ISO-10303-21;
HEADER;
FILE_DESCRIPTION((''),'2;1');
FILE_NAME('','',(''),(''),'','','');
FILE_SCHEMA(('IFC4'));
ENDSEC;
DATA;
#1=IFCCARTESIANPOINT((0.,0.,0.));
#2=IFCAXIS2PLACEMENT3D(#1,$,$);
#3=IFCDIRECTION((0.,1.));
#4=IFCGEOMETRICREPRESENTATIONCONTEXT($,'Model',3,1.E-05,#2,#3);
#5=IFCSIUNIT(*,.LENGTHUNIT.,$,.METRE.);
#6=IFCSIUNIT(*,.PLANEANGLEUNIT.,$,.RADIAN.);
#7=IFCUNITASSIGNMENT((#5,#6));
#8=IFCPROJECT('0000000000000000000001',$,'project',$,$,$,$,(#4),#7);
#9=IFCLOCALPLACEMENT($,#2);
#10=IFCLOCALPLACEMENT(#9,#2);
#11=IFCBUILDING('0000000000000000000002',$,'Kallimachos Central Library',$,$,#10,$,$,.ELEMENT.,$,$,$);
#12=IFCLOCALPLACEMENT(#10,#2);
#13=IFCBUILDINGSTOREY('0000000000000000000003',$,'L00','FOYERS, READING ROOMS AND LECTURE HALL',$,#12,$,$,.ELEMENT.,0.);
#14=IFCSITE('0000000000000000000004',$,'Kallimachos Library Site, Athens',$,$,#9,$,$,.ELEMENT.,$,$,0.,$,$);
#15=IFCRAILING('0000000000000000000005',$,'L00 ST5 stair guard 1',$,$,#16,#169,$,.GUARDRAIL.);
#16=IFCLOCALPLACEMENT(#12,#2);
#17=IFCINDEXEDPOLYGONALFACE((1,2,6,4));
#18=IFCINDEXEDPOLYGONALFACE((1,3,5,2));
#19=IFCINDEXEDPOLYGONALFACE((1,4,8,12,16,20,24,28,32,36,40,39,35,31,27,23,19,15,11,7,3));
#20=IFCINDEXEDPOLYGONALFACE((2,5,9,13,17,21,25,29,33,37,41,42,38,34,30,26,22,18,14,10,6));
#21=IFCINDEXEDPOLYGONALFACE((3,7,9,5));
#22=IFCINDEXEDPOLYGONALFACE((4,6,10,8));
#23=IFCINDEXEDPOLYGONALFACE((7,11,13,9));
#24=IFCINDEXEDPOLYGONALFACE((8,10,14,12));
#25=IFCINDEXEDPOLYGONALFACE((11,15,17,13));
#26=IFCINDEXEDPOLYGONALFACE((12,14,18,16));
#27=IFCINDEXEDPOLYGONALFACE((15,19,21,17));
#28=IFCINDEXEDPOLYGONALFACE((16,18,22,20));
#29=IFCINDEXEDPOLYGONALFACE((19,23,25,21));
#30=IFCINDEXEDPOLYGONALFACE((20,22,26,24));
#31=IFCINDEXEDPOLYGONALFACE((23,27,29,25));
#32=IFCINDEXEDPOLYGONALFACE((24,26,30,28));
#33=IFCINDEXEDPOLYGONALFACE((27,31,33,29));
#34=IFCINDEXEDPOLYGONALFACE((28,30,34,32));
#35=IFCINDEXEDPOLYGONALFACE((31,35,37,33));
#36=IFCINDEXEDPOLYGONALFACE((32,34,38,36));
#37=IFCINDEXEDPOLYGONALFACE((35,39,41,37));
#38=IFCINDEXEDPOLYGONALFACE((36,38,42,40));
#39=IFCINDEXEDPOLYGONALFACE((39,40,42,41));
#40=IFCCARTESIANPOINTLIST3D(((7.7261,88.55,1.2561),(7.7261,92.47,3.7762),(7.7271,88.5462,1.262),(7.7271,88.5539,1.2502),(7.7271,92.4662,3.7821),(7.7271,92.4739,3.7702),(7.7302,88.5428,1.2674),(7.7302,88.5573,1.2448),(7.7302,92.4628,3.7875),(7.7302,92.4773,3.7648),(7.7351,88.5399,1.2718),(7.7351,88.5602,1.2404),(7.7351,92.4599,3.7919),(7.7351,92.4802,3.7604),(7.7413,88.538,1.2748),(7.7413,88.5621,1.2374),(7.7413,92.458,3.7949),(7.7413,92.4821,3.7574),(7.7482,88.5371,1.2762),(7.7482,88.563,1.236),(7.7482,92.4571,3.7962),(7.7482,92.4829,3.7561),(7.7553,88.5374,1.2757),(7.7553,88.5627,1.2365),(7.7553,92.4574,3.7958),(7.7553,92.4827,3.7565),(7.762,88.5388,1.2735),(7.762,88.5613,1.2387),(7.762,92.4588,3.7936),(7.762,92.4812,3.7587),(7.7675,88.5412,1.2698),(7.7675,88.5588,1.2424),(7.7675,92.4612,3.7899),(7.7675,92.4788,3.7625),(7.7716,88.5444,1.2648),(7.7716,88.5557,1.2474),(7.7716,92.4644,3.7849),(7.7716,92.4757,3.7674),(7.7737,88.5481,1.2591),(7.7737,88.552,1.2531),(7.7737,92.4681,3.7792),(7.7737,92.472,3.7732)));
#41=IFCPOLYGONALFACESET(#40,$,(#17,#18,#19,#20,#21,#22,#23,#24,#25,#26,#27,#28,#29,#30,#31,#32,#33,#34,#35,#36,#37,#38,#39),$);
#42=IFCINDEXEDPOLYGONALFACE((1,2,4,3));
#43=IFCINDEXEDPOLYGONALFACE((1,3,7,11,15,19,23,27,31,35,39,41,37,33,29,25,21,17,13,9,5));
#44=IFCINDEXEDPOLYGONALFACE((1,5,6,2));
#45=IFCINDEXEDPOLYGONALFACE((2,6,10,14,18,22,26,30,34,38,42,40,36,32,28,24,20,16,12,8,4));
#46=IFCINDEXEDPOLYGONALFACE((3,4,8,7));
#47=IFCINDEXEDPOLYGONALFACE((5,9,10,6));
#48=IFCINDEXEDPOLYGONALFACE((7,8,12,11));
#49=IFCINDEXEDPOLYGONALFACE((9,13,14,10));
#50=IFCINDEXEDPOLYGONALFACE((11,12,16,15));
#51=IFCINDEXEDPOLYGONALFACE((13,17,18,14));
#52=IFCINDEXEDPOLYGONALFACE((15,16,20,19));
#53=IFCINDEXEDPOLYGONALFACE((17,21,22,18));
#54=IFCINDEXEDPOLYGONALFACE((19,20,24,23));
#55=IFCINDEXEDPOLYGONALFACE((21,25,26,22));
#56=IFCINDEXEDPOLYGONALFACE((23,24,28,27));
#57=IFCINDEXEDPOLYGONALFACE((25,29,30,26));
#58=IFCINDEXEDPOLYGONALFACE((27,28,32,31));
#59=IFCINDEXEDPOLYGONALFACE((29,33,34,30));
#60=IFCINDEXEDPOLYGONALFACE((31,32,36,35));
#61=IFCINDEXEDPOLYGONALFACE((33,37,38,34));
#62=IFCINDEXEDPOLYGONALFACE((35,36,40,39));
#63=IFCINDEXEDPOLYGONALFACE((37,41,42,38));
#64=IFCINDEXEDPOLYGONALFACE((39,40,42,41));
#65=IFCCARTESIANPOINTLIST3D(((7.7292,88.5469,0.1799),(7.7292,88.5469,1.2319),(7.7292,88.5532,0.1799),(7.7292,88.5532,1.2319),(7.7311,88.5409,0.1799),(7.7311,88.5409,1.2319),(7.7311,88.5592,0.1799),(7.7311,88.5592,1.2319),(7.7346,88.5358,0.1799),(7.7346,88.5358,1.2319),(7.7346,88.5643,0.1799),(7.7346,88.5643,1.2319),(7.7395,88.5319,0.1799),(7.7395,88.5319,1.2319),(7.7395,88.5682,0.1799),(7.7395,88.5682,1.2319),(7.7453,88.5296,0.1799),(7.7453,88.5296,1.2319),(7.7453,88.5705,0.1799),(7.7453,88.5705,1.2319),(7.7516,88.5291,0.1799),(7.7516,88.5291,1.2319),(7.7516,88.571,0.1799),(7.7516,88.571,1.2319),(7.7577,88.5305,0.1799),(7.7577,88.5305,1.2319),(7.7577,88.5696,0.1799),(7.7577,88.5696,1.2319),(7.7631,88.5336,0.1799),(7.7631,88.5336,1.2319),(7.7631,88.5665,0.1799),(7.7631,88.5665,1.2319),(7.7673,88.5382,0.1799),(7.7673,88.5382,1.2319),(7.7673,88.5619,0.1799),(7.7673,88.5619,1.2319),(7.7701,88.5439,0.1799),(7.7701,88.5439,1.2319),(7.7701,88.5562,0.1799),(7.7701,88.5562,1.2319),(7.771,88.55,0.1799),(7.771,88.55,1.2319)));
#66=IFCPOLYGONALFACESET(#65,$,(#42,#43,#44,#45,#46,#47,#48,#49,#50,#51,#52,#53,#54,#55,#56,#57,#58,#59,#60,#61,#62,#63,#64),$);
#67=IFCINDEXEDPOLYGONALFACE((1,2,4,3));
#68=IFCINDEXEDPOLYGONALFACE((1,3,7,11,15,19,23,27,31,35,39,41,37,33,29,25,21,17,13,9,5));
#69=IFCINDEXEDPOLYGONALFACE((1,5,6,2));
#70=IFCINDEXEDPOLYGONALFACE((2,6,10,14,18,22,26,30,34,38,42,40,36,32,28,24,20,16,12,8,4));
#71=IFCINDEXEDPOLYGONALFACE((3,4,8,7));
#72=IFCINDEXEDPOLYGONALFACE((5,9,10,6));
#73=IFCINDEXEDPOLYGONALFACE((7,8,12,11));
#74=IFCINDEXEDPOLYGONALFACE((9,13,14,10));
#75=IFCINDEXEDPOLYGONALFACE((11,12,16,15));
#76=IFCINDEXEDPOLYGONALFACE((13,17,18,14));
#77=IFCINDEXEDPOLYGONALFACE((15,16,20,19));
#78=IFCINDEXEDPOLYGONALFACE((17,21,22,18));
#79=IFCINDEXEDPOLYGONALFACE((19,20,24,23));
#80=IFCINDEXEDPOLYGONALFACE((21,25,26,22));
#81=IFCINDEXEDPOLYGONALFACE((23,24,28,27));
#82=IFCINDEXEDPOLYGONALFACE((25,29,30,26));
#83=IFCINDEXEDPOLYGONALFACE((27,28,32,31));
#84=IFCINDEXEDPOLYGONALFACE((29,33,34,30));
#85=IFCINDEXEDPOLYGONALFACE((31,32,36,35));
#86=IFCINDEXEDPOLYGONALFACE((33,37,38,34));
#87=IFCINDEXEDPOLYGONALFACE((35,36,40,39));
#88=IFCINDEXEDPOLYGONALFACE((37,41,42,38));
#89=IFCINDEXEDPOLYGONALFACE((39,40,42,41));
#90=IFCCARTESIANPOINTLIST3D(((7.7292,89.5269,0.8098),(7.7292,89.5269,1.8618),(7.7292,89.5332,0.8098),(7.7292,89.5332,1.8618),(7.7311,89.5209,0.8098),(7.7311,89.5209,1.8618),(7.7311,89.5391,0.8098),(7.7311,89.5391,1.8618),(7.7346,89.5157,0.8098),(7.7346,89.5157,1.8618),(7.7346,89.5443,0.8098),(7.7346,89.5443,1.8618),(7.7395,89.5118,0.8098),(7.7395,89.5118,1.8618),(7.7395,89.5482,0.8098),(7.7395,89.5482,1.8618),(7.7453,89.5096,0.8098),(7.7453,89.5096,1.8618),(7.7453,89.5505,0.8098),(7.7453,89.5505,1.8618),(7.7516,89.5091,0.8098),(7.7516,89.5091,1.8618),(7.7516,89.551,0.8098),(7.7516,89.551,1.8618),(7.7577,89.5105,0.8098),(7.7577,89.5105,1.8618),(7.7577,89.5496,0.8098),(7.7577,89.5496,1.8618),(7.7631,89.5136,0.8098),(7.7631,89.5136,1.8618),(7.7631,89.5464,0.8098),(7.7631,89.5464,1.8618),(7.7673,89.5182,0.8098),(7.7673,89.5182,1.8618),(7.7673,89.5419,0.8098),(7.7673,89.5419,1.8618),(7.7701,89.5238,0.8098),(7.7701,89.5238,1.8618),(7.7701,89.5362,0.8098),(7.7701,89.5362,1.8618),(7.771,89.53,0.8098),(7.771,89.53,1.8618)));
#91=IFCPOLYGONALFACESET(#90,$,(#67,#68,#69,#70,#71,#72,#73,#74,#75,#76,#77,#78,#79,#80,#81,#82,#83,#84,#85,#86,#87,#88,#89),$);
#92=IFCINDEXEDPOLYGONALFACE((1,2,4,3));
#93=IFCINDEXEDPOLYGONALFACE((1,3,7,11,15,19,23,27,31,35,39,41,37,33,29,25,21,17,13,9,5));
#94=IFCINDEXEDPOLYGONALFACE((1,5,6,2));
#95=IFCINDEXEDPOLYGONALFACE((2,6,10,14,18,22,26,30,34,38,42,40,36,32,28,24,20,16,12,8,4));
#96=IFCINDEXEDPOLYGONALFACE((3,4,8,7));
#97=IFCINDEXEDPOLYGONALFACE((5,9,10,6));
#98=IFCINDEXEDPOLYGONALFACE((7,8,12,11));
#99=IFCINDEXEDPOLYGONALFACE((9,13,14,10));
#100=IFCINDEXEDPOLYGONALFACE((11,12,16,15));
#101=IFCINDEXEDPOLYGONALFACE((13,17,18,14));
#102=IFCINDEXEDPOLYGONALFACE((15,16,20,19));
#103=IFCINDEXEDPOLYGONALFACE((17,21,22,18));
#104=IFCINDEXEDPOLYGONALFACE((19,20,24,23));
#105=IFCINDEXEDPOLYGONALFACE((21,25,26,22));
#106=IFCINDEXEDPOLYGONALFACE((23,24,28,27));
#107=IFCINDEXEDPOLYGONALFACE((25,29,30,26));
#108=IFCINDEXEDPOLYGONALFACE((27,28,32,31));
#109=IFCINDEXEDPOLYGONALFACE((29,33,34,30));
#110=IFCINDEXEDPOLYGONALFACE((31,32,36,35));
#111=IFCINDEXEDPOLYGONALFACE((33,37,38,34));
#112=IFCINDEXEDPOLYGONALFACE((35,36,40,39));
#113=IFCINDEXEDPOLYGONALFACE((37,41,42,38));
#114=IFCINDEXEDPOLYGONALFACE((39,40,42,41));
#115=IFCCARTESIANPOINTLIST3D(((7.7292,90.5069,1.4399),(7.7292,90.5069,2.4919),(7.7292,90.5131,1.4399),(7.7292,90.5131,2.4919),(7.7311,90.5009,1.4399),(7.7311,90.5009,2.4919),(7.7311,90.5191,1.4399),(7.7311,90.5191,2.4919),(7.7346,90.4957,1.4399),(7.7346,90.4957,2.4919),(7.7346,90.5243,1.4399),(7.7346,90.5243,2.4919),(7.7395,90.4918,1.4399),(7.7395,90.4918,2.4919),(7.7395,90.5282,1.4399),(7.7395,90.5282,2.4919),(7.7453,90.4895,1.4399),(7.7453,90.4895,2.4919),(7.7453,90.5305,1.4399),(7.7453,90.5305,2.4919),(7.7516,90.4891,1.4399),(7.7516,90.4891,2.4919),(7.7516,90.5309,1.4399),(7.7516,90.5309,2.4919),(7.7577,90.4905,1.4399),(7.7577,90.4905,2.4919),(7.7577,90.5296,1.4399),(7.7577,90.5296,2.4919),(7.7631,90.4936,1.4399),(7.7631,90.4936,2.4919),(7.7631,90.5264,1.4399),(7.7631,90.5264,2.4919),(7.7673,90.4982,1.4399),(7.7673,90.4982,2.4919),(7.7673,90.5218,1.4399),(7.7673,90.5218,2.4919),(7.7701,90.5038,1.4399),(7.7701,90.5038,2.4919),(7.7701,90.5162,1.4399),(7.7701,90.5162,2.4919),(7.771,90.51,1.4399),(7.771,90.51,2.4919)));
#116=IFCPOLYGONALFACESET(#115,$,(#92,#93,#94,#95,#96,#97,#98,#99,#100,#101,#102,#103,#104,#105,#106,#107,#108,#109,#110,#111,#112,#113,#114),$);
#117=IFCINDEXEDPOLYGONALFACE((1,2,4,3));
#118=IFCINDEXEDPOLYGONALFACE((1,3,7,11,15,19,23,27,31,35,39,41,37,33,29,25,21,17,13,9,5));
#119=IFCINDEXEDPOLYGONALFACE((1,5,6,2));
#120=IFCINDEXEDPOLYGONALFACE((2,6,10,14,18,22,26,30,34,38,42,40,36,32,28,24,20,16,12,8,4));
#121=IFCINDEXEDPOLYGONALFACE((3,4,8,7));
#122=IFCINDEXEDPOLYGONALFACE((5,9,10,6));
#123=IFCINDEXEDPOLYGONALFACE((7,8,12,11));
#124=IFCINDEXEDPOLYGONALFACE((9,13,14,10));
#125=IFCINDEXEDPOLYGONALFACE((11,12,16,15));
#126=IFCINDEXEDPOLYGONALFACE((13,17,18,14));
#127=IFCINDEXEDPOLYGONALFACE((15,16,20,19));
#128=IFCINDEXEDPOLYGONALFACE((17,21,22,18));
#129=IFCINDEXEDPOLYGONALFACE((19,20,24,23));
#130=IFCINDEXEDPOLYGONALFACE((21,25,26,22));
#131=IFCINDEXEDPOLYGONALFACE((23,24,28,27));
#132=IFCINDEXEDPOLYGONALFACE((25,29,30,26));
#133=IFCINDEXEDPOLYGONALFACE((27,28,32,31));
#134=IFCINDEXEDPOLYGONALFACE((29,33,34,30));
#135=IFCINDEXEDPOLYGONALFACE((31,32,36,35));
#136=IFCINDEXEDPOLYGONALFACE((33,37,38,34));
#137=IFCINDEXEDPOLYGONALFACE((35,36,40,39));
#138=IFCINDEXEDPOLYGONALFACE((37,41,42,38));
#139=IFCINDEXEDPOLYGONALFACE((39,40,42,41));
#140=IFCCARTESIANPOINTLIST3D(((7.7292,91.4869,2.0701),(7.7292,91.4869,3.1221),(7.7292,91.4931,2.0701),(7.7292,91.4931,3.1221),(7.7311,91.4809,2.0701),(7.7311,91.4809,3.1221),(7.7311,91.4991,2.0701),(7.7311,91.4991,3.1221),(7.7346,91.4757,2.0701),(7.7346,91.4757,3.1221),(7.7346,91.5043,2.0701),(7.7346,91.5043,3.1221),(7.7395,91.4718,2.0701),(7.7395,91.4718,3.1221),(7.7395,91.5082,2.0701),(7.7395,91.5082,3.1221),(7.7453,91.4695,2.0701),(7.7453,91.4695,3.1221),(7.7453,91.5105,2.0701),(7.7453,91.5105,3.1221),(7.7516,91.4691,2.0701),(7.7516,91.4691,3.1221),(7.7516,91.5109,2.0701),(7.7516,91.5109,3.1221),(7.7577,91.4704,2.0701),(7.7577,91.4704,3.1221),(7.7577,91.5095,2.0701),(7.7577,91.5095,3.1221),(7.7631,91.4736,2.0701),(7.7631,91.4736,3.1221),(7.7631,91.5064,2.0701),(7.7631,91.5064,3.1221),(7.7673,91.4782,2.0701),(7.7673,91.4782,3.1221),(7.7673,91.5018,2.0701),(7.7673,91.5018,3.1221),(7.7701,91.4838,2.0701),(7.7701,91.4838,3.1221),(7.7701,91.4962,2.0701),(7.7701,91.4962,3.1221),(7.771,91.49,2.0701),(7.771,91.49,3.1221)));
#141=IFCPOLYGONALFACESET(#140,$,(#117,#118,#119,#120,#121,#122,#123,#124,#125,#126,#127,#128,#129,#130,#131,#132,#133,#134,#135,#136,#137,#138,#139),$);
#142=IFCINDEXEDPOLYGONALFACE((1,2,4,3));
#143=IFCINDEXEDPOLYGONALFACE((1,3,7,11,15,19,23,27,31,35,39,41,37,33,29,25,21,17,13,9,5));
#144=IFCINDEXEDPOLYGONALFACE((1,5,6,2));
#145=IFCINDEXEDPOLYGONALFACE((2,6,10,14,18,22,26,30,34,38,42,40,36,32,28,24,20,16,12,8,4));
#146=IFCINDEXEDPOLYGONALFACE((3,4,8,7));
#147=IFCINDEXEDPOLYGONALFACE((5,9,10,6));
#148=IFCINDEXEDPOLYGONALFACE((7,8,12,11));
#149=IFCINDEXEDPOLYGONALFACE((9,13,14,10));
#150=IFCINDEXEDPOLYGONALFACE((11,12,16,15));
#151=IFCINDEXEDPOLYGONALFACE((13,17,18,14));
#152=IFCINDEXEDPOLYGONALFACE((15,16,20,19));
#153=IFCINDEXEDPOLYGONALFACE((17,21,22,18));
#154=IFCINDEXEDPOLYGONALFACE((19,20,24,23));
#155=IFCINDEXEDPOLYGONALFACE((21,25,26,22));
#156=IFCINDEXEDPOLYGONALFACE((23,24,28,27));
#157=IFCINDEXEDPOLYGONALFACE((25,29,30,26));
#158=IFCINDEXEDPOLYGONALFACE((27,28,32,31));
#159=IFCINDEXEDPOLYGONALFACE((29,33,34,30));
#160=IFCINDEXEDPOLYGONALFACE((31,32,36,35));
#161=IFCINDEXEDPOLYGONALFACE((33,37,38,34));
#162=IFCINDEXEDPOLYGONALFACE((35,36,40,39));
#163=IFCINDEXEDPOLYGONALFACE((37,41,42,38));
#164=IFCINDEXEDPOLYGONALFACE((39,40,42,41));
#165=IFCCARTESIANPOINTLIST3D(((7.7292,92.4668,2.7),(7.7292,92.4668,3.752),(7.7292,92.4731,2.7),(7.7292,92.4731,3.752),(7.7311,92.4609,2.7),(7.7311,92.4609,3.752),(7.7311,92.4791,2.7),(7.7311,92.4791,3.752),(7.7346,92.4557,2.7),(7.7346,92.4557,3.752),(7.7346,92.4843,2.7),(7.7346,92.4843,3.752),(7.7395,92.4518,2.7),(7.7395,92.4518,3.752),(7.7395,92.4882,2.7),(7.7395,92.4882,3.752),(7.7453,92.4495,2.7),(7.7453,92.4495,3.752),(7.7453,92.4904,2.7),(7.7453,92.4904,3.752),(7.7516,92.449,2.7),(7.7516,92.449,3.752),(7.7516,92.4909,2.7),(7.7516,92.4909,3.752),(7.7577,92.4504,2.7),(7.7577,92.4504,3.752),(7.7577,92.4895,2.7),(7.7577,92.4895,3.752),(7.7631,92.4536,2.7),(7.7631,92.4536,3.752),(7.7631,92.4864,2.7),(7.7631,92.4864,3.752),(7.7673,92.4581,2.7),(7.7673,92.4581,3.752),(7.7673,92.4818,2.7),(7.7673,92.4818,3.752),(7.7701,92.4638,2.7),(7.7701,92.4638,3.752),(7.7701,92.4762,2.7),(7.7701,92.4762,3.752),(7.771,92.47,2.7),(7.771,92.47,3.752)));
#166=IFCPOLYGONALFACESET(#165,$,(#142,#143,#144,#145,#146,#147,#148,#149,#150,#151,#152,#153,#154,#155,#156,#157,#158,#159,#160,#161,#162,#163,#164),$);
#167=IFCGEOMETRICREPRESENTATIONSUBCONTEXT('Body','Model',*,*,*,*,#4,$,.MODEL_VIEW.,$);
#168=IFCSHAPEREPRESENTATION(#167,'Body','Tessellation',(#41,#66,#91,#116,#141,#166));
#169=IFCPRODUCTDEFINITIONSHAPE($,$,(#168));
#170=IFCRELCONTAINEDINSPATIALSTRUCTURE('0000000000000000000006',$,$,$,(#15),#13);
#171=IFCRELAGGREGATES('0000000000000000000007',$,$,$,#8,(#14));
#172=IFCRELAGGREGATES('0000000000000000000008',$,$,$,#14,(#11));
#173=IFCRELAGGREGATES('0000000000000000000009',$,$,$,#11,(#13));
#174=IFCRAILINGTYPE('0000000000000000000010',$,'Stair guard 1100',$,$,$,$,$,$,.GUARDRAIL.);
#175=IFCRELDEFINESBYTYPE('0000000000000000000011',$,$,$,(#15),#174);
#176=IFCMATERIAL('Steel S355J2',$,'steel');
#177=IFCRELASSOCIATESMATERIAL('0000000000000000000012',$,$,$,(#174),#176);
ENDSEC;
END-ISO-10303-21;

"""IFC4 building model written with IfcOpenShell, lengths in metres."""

from ifc_helpers import new_model, si_unit, direction, frame, origin, origin_2d, place, context, subcontext, project, spatial, circle, extrude, material, type_object, element, save


model = new_model("IFC4")

# Units and contexts
model_context = context("Model", 3, precision=1e-05, world=origin(), true_north=direction((0.0, 1.0)))
body_context = subcontext(model_context, "Body", "Model", "MODEL_VIEW")
ifc_project = project(units=[si_unit("LENGTHUNIT", "METRE"), si_unit("PLANEANGLEUNIT", "RADIAN")], contexts=[model_context])

# Site, building, storey
site_placement = place(None, origin())
site = spatial("IfcSite", under=ifc_project, at=site_placement, Name="Kallimachos Library Site, Athens", CompositionType="ELEMENT", RefElevation=0.0)
building_placement = place(site_placement, origin())
building = spatial("IfcBuilding", under=site, at=building_placement, Name="Kallimachos Central Library", CompositionType="ELEMENT")
storey_placement = place(building_placement, origin())
storey = spatial("IfcBuildingStorey", under=building, at=storey_placement, Name="L00", Description="FOYERS, READING ROOMS AND LECTURE HALL", CompositionType="ELEMENT", Elevation=0.0)

# Railing
ifc_material_1 = material(Name="Steel S355J2", Category="steel")
railing_type_1 = type_object("IfcRailingType", Name="Stair guard 1100", PredefinedType="GUARDRAIL", material=ifc_material_1)
railing_1_placement = place(storey_placement, frame((7.75, 88.55, 0.1799)))
element("IfcRailing", 1, at=railing_1_placement, inside=storey, type_object=railing_type_1, Name="L00 ST5 stair guard 1", PredefinedType="GUARDRAIL", context=body_context, shape_type="SweptSolid", body=[
    extrude(circle(Radius=0.0239, at=origin_2d()), frame((0.0, 0.0, 1.0762), z_axis=(0.0, 0.841172, 0.540768), x_axis=(-1.0, 0.0, 0.0)), (0.0, 0.0, 1.0), 4.6602),
    extrude(circle(Radius=0.021, at=origin_2d()), origin(), (0.0, 0.0, 1.0), 1.052),
    extrude(circle(Radius=0.021, at=origin_2d()), frame((0.0, 0.98, 0.6299)), (0.0, 0.0, 1.0), 1.052),
    extrude(circle(Radius=0.021, at=origin_2d()), frame((0.0, 1.96, 1.26)), (0.0, 0.0, 1.0), 1.052),
    extrude(circle(Radius=0.021, at=origin_2d()), frame((0.0, 2.9399, 1.8901)), (0.0, 0.0, 1.0), 1.052),
    extrude(circle(Radius=0.021, at=origin_2d()), frame((0.0, 3.9199, 2.52)), (0.0, 0.0, 1.0), 1.052),
])

save(model, "model.ifc")
